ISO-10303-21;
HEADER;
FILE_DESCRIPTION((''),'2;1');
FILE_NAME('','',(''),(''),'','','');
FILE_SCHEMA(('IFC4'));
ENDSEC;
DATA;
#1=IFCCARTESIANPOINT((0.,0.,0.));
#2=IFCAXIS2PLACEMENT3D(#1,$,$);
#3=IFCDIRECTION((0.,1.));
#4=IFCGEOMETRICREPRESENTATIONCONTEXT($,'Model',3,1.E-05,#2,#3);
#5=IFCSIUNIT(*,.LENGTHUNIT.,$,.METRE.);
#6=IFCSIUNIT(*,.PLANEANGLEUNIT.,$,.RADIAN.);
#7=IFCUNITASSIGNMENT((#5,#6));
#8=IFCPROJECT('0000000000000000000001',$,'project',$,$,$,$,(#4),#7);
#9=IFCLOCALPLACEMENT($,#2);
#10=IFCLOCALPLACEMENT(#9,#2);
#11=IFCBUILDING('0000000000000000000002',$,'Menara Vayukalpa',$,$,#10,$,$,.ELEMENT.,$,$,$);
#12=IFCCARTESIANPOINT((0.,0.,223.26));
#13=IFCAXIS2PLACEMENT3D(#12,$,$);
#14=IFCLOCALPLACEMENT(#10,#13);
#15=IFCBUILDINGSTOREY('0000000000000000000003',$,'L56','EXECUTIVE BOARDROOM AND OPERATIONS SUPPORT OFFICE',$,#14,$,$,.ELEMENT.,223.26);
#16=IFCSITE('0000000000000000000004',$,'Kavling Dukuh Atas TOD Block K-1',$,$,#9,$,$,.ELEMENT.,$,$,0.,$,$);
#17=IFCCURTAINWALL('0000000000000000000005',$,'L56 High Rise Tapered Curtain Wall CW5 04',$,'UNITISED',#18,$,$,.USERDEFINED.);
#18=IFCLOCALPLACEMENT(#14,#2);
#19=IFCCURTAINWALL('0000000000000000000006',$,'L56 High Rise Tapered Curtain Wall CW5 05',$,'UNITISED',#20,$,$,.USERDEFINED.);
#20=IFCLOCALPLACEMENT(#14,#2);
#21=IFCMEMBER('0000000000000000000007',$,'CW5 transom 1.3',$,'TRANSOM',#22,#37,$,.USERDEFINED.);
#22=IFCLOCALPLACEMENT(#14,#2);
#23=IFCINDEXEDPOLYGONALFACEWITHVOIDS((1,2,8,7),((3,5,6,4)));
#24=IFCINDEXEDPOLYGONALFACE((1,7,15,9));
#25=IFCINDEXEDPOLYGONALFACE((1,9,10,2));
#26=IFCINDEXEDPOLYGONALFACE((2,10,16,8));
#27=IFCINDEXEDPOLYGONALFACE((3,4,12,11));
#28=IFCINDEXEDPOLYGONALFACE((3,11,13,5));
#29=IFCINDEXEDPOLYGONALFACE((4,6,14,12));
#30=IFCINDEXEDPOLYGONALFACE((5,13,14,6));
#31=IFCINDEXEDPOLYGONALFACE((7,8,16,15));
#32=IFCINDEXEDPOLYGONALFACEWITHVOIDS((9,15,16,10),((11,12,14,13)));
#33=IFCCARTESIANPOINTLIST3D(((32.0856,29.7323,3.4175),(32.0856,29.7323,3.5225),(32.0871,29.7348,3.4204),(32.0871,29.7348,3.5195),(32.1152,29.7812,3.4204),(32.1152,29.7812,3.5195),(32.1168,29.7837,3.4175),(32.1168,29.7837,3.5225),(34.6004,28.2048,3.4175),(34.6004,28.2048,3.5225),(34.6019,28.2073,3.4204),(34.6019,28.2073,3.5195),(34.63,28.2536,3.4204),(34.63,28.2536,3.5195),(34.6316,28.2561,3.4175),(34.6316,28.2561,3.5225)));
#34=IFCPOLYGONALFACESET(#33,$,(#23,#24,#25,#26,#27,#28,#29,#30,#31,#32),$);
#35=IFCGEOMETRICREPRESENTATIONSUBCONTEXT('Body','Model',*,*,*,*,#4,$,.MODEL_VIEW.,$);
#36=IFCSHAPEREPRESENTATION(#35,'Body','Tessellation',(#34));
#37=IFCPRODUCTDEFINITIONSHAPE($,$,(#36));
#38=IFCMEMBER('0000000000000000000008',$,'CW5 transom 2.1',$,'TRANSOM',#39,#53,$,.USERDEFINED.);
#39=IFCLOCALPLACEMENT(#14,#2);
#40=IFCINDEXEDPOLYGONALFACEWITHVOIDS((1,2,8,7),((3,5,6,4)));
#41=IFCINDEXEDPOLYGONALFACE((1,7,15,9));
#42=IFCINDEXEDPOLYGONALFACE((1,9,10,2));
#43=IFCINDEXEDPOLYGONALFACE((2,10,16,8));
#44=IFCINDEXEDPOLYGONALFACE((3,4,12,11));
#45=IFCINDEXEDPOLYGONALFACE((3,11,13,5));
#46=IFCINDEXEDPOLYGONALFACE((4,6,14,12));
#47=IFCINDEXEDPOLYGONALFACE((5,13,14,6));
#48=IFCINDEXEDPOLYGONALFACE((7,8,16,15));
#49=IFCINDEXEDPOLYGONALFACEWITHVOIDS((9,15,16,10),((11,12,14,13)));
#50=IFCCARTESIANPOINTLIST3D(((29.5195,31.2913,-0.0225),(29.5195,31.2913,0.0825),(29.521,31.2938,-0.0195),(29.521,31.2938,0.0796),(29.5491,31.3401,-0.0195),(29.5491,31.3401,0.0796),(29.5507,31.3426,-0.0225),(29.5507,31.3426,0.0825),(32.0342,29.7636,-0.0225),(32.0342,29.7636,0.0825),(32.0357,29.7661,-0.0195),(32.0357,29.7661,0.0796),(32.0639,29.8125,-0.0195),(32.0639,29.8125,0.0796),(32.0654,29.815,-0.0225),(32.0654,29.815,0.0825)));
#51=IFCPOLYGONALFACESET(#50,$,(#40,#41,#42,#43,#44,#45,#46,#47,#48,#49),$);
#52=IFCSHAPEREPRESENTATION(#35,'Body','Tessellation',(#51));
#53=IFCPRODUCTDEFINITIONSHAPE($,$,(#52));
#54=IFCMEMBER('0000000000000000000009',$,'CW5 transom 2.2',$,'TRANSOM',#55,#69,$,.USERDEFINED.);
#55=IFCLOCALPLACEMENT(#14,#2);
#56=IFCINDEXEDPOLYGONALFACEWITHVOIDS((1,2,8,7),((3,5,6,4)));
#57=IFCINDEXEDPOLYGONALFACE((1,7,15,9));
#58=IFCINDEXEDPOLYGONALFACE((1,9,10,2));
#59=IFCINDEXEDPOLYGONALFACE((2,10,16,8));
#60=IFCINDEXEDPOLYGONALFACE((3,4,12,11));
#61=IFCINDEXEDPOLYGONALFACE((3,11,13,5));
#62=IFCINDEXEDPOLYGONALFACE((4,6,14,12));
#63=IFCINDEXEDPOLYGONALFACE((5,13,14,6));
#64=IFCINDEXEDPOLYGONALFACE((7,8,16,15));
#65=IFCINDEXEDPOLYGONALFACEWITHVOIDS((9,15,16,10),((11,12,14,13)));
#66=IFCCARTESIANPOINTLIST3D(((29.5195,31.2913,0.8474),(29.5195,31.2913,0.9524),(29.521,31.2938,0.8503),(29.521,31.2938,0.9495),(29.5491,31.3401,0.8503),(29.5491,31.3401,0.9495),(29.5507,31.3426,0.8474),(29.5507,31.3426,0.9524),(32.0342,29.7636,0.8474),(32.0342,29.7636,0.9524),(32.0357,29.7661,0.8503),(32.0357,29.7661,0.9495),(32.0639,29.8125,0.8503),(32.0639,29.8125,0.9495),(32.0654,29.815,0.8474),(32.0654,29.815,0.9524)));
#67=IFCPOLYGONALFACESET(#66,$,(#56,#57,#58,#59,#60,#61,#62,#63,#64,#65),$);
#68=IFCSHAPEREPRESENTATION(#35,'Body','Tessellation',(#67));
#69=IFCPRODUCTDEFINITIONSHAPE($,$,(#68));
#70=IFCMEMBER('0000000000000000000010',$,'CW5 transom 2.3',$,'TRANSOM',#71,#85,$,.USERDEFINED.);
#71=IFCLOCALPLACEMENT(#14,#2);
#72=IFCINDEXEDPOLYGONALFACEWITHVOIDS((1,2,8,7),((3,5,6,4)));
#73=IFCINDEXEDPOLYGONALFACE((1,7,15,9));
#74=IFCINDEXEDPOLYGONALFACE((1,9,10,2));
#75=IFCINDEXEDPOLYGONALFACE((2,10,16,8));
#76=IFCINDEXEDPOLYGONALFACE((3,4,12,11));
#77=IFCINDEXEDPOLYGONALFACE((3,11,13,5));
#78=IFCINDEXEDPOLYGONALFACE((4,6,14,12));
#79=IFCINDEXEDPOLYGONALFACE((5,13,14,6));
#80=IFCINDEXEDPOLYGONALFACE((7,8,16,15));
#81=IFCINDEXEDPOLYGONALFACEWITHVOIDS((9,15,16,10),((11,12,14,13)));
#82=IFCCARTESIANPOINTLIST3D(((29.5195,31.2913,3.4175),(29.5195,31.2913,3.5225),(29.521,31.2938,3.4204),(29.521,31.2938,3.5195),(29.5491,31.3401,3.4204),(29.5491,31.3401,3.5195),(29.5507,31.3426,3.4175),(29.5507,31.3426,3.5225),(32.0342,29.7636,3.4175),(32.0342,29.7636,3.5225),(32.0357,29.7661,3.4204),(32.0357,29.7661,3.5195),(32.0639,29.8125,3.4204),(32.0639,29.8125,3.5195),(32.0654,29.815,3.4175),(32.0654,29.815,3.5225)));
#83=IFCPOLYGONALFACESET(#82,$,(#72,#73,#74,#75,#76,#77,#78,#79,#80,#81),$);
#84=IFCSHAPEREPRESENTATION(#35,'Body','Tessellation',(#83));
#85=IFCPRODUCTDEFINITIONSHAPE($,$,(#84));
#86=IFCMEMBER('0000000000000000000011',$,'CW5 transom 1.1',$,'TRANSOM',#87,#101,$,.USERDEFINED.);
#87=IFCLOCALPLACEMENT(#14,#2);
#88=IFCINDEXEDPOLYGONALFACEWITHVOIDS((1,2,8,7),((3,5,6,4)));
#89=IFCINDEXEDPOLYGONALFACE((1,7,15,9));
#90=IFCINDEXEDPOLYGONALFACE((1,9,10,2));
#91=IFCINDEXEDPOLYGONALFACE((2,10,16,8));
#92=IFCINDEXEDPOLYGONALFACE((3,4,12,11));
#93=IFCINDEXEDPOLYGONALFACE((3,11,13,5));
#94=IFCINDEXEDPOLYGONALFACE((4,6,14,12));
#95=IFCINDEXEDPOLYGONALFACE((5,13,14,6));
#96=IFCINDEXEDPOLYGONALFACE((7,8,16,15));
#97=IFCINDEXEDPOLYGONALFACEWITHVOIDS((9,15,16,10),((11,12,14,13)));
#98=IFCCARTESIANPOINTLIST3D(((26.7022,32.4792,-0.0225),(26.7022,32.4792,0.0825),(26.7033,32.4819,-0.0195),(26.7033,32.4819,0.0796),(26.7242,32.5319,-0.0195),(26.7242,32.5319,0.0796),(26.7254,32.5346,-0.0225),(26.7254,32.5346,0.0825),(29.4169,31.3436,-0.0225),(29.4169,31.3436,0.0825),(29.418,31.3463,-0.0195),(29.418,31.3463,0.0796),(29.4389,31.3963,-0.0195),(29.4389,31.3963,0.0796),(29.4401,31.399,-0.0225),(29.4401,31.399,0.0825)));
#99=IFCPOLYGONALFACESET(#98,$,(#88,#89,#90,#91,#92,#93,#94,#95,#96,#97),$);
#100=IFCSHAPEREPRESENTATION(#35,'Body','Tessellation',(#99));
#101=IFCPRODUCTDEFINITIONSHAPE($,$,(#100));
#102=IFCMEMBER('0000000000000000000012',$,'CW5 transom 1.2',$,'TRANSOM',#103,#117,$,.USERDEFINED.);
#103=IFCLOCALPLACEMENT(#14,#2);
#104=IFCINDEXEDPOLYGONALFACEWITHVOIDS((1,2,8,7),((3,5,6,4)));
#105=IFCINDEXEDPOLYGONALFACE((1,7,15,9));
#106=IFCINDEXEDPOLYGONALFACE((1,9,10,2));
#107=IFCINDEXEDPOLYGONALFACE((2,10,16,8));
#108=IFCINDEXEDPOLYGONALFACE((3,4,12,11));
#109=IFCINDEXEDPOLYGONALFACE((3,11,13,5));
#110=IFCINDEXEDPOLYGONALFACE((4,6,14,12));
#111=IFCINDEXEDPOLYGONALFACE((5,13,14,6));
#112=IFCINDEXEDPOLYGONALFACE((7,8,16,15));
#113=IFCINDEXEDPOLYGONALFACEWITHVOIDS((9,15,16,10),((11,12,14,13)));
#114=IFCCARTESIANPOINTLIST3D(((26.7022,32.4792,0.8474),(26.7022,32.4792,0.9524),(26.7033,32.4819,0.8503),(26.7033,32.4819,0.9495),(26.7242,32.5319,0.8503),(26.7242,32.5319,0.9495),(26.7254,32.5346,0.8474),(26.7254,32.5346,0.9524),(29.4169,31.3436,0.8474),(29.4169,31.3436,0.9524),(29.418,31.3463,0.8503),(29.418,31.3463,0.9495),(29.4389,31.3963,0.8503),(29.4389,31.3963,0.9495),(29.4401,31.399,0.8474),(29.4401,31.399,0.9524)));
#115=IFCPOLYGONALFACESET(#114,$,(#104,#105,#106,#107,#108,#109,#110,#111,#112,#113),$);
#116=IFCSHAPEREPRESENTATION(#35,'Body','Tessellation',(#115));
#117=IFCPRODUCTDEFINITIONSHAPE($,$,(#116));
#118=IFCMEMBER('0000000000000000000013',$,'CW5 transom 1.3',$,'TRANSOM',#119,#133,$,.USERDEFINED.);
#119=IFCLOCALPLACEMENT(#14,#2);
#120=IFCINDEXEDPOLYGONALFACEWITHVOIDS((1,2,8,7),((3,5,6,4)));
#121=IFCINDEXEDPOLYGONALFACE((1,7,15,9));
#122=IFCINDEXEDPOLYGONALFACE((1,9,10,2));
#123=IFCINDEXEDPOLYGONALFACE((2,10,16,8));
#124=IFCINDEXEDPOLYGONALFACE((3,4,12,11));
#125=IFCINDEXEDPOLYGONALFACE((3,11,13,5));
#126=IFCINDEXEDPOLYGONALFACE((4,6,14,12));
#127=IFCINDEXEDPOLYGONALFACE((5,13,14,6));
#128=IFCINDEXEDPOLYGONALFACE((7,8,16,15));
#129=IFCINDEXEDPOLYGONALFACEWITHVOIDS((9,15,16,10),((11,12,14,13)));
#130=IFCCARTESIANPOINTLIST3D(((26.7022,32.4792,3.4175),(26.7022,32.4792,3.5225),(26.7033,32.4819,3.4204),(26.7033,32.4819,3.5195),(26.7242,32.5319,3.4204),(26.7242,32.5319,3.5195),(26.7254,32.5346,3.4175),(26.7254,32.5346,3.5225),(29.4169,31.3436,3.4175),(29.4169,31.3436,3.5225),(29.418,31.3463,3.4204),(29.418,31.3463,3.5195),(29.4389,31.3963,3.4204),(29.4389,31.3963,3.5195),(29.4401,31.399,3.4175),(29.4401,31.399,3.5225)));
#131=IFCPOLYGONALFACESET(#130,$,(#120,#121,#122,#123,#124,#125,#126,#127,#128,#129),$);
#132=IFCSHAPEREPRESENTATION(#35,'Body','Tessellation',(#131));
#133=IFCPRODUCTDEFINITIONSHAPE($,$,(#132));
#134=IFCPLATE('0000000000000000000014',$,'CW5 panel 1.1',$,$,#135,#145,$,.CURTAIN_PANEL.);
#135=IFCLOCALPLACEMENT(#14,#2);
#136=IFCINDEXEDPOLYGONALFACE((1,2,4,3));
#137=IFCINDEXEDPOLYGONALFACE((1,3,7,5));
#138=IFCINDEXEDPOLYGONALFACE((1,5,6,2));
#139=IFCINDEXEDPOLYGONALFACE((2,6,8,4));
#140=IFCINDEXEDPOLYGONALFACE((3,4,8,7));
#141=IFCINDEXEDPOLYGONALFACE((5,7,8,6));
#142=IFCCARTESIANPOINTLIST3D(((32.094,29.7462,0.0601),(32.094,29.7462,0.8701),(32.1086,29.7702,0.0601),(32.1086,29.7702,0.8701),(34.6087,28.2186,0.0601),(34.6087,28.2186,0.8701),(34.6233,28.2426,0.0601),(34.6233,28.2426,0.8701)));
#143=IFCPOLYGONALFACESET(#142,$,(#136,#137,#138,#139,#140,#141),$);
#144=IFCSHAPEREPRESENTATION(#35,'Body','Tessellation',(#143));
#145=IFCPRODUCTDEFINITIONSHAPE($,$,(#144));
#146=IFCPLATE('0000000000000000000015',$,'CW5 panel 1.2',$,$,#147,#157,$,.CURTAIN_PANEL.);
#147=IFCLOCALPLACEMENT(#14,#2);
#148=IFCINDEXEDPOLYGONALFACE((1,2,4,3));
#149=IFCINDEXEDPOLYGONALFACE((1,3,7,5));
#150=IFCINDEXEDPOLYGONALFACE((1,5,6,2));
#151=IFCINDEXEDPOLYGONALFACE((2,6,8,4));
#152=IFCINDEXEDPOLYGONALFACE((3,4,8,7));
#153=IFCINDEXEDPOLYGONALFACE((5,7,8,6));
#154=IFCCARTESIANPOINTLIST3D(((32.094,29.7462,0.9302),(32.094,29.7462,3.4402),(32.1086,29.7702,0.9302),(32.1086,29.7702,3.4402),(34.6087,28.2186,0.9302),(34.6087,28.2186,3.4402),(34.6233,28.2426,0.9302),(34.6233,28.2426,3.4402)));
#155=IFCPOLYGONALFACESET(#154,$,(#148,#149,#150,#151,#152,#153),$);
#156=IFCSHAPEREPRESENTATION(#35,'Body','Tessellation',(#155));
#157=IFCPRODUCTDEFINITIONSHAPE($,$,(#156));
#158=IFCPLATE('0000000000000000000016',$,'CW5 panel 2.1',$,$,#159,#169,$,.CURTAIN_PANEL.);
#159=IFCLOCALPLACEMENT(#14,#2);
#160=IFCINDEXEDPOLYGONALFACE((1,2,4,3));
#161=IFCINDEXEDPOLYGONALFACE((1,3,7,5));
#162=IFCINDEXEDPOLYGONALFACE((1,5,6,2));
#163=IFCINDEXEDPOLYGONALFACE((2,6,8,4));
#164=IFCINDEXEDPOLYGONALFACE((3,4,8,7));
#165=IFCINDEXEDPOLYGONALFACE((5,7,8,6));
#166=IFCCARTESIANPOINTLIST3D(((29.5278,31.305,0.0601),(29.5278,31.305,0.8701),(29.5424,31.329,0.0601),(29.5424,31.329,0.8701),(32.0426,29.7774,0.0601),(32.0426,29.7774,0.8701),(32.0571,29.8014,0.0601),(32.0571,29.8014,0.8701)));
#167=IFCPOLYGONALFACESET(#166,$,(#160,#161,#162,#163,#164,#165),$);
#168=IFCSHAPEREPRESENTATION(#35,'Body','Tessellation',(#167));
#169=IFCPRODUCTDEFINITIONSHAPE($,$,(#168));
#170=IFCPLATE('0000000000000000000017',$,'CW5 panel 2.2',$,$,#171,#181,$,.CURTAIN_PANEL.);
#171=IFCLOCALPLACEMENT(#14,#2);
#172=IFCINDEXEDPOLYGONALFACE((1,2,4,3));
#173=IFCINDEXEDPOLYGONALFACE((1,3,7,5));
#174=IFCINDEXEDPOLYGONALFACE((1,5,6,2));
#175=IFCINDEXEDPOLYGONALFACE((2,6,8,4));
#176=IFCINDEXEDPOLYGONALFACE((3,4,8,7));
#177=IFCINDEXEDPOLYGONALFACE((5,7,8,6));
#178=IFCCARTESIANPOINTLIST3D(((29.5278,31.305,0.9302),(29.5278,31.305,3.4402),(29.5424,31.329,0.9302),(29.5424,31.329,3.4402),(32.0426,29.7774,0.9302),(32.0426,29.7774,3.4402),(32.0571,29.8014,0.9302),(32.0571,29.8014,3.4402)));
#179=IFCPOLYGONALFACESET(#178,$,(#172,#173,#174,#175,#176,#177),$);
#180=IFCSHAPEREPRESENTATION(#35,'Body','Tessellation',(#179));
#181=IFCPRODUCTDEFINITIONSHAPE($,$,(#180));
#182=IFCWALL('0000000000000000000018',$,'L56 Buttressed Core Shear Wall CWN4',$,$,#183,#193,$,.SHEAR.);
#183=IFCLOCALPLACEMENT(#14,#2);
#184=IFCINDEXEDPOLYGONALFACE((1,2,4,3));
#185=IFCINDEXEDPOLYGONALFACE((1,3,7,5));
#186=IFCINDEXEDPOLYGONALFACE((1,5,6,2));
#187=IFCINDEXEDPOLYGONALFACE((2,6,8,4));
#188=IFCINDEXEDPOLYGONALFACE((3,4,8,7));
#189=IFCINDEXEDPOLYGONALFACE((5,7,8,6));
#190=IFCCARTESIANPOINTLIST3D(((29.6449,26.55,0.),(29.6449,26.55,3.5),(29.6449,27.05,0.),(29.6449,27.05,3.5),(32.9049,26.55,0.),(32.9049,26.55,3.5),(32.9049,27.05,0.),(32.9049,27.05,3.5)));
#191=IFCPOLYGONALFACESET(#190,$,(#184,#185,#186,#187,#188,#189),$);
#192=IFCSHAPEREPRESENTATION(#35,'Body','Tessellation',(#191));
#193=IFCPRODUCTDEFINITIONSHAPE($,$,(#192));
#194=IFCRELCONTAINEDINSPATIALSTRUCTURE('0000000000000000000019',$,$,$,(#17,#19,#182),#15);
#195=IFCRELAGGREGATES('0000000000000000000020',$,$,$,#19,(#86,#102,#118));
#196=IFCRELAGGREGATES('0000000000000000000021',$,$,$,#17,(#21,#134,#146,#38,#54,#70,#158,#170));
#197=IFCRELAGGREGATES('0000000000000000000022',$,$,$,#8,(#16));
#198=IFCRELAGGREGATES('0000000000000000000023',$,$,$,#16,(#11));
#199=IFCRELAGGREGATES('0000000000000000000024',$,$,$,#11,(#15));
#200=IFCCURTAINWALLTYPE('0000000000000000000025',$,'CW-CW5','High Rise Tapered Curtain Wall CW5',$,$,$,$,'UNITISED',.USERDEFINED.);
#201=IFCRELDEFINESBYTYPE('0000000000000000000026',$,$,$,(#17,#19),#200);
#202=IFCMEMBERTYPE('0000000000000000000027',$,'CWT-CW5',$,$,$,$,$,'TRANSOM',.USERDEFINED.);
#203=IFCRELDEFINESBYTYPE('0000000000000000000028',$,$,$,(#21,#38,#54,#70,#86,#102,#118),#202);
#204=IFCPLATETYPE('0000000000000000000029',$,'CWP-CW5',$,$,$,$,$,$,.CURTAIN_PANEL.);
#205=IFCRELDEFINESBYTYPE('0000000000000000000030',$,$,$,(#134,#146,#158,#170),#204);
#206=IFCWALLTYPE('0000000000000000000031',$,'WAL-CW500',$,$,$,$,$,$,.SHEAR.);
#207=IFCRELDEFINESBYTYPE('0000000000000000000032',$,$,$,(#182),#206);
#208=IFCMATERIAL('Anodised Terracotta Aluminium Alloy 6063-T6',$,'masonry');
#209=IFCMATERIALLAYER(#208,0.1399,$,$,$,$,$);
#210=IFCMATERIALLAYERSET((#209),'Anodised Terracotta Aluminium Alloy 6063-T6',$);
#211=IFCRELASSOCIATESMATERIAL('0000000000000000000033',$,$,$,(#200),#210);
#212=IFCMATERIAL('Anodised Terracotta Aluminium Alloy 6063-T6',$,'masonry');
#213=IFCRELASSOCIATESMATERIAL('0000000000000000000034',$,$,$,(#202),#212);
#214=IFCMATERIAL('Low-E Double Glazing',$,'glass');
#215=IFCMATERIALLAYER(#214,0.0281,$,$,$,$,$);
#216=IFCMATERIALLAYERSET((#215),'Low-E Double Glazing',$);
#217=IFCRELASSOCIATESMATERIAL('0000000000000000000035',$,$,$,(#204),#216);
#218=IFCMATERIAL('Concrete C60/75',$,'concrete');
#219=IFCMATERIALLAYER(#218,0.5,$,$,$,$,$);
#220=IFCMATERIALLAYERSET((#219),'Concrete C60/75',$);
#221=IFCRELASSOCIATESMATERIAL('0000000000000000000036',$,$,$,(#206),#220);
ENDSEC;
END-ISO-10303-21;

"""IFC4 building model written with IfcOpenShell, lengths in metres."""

from ifc_helpers import new_model, si_unit, direction, frame, frame_2d, origin, origin_2d, place, context, subcontext, project, spatial, rectangle, hollow_rectangle, extrude, material, layer, layer_set, material_profile, profile_set, type_object, element, aggregate, save


model = new_model("IFC4")

# Units and contexts
model_context = context("Model", 3, precision=1e-05, world=origin(), true_north=direction((0.0, 1.0)))
body_context = subcontext(model_context, "Body", "Model", "MODEL_VIEW")
ifc_project = project(units=[si_unit("LENGTHUNIT", "METRE"), si_unit("PLANEANGLEUNIT", "RADIAN")], contexts=[model_context])

# Site, building, storey
site_placement = place(None, origin())
site = spatial("IfcSite", under=ifc_project, at=site_placement, Name="Kavling Dukuh Atas TOD Block K-1", CompositionType="ELEMENT", RefElevation=0.0)
building_placement = place(site_placement, origin())
building = spatial("IfcBuilding", under=site, at=building_placement, Name="Menara Vayukalpa", CompositionType="ELEMENT")
storey_placement = place(building_placement, frame((0.0, 0.0, 223.26)))
storey = spatial("IfcBuildingStorey", under=building, at=storey_placement, Name="L56", Description="EXECUTIVE BOARDROOM AND OPERATIONS SUPPORT OFFICE", CompositionType="ELEMENT", Elevation=223.26)

# Curtain wall
ifc_material_1 = material(Name="Anodised Terracotta Aluminium Alloy 6063-T6", Category="masonry")
ifc_layer_1 = layer(ifc_material_1, 0.1399)
ifc_layer_set_1 = layer_set([ifc_layer_1], Name="Anodised Terracotta Aluminium Alloy 6063-T6")
curtain_wall_type = type_object("IfcCurtainWallType", Name="CW-CW5", Description="High Rise Tapered Curtain Wall CW5", ElementType="UNITISED", PredefinedType="USERDEFINED", material=ifc_layer_set_1)
curtain_wall_1_placement = place(storey_placement, origin())
curtain_wall_1 = element("IfcCurtainWall", 1, at=curtain_wall_1_placement, inside=storey, type_object=curtain_wall_type, Name="L56 High Rise Tapered Curtain Wall CW5 04", ObjectType="UNITISED", PredefinedType="USERDEFINED")

# Curtain wall
curtain_wall_2_placement = place(storey_placement, origin())
curtain_wall_2 = element("IfcCurtainWall", 2, at=curtain_wall_2_placement, inside=storey, type_object=curtain_wall_type, Name="L56 High Rise Tapered Curtain Wall CW5 05", ObjectType="UNITISED", PredefinedType="USERDEFINED")

# Members
ifc_material_2 = material(Name="Anodised Terracotta Aluminium Alloy 6063-T6", Category="masonry")
ifc_material_profile_1 = material_profile(ifc_material_2, hollow_rectangle(XDim=0.0601, YDim=0.105, WallThickness=0.0029, at=origin_2d()), Name="ALU 60x105x3")
ifc_profile_set_1 = profile_set([ifc_material_profile_1], Name="Anodised Terracotta Aluminium Alloy 6063-T6")
member_type_1 = type_object("IfcMemberType", Name="CWT-CW5", ElementType="TRANSOM", PredefinedType="USERDEFINED", material=ifc_profile_set_1)
member_1_placement = place(storey_placement, frame((34.616, 28.2305, 3.47), z_axis=(-0.854684, 0.519149, 0.0), x_axis=(-0.519149, -0.854684, 0.0)))
member_1 = element("IfcMember", 3, at=member_1_placement, type_object=member_type_1, Name="CW5 transom 1.3", ObjectType="TRANSOM", PredefinedType="USERDEFINED", context=body_context, shape_type="SweptSolid", body=[
    extrude(hollow_rectangle(XDim=0.0601, YDim=0.105, WallThickness=0.0029, at=origin_2d()), origin(), (0.0, 0.0, 1.0), 2.9424),
])
member_2_placement = place(storey_placement, frame((32.0498, 29.7893, 0.03), z_axis=(-0.854661, 0.519186, 0.0), x_axis=(-0.519186, -0.854661, 0.0)))
member_2 = element("IfcMember", 4, at=member_2_placement, type_object=member_type_1, Name="CW5 transom 2.1", ObjectType="TRANSOM", PredefinedType="USERDEFINED", context=body_context, shape_type="SweptSolid", body=[
    extrude(hollow_rectangle(XDim=0.0601, YDim=0.105, WallThickness=0.0029, at=origin_2d()), origin(), (0.0, 0.0, 1.0), 2.9424),
])
member_3_placement = place(storey_placement, frame((32.0498, 29.7893, 0.8999), z_axis=(-0.854661, 0.519186, 0.0), x_axis=(-0.519186, -0.854661, 0.0)))
member_3 = element("IfcMember", 5, at=member_3_placement, type_object=member_type_1, Name="CW5 transom 2.2", ObjectType="TRANSOM", PredefinedType="USERDEFINED", context=body_context, shape_type="SweptSolid", body=[
    extrude(hollow_rectangle(XDim=0.0601, YDim=0.105, WallThickness=0.0029, at=origin_2d()), origin(), (0.0, 0.0, 1.0), 2.9424),
])
member_4_placement = place(storey_placement, frame((32.0498, 29.7893, 3.47), z_axis=(-0.854661, 0.519186, 0.0), x_axis=(-0.519186, -0.854661, 0.0)))
member_4 = element("IfcMember", 6, at=member_4_placement, type_object=member_type_1, Name="CW5 transom 2.3", ObjectType="TRANSOM", PredefinedType="USERDEFINED", context=body_context, shape_type="SweptSolid", body=[
    extrude(hollow_rectangle(XDim=0.0601, YDim=0.105, WallThickness=0.0029, at=origin_2d()), origin(), (0.0, 0.0, 1.0), 2.9424),
])
member_5_placement = place(storey_placement, frame((29.4285, 31.3713, 0.03), z_axis=(-0.922543, 0.385893, 0.0), x_axis=(-0.385893, -0.922543, 0.0)))
member_5 = element("IfcMember", 7, at=member_5_placement, type_object=member_type_1, Name="CW5 transom 1.1", ObjectType="TRANSOM", PredefinedType="USERDEFINED", context=body_context, shape_type="SweptSolid", body=[
    extrude(hollow_rectangle(XDim=0.0601, YDim=0.105, WallThickness=0.0029, at=origin_2d()), origin(), (0.0, 0.0, 1.0), 2.9426),
])
member_6_placement = place(storey_placement, frame((29.4285, 31.3713, 0.8999), z_axis=(-0.922543, 0.385893, 0.0), x_axis=(-0.385893, -0.922543, 0.0)))
member_6 = element("IfcMember", 8, at=member_6_placement, type_object=member_type_1, Name="CW5 transom 1.2", ObjectType="TRANSOM", PredefinedType="USERDEFINED", context=body_context, shape_type="SweptSolid", body=[
    extrude(hollow_rectangle(XDim=0.0601, YDim=0.105, WallThickness=0.0029, at=origin_2d()), origin(), (0.0, 0.0, 1.0), 2.9426),
])
member_7_placement = place(storey_placement, frame((29.4285, 31.3713, 3.47), z_axis=(-0.922543, 0.385893, 0.0), x_axis=(-0.385893, -0.922543, 0.0)))
member_7 = element("IfcMember", 9, at=member_7_placement, type_object=member_type_1, Name="CW5 transom 1.3", ObjectType="TRANSOM", PredefinedType="USERDEFINED", context=body_context, shape_type="SweptSolid", body=[
    extrude(hollow_rectangle(XDim=0.0601, YDim=0.105, WallThickness=0.0029, at=origin_2d()), origin(), (0.0, 0.0, 1.0), 2.9426),
])
aggregate(curtain_wall_2, [member_5, member_6, member_7])

# Plates
ifc_material_3 = material(Name="Low-E Double Glazing", Category="glass")
ifc_layer_2 = layer(ifc_material_3, 0.0281)
ifc_layer_set_2 = layer_set([ifc_layer_2], Name="Low-E Double Glazing")
plate_type = type_object("IfcPlateType", Name="CWP-CW5", PredefinedType="CURTAIN_PANEL", material=ifc_layer_set_2)
plate_1_placement = place(storey_placement, frame((33.3586, 28.9944, 0.0601), z_axis=(0.0, 0.0, 1.0), x_axis=(-0.854665, 0.51918, 0.0)))
plate_1 = element("IfcPlate", 10, at=plate_1_placement, type_object=plate_type, Name="CW5 panel 1.1", PredefinedType="CURTAIN_PANEL", context=body_context, shape_type="SweptSolid", body=[
    extrude(rectangle(XDim=2.9424, YDim=0.0281, at=origin_2d()), origin(), (0.0, 0.0, 1.0), 0.8101),
])
plate_2_placement = place(storey_placement, frame((33.3586, 28.9944, 0.9302), z_axis=(0.0, 0.0, 1.0), x_axis=(-0.854665, 0.51918, 0.0)))
plate_2 = element("IfcPlate", 11, at=plate_2_placement, type_object=plate_type, Name="CW5 panel 1.2", PredefinedType="CURTAIN_PANEL", context=body_context, shape_type="SweptSolid", body=[
    extrude(rectangle(XDim=2.9424, YDim=0.0281, at=origin_2d()), origin(), (0.0, 0.0, 1.0), 2.51),
])
plate_3_placement = place(storey_placement, frame((30.7925, 30.5532, 0.0601), z_axis=(0.0, 0.0, 1.0), x_axis=(-0.854665, 0.51918, 0.0)))
plate_3 = element("IfcPlate", 12, at=plate_3_placement, type_object=plate_type, Name="CW5 panel 2.1", PredefinedType="CURTAIN_PANEL", context=body_context, shape_type="SweptSolid", body=[
    extrude(rectangle(XDim=2.9424, YDim=0.0281, at=origin_2d()), origin(), (0.0, 0.0, 1.0), 0.8101),
])
plate_4_placement = place(storey_placement, frame((30.7925, 30.5532, 0.9302), z_axis=(0.0, 0.0, 1.0), x_axis=(-0.854665, 0.51918, 0.0)))
plate_4 = element("IfcPlate", 13, at=plate_4_placement, type_object=plate_type, Name="CW5 panel 2.2", PredefinedType="CURTAIN_PANEL", context=body_context, shape_type="SweptSolid", body=[
    extrude(rectangle(XDim=2.9424, YDim=0.0281, at=origin_2d()), origin(), (0.0, 0.0, 1.0), 2.51),
])
aggregate(curtain_wall_1, [member_1, plate_1, plate_2, member_2, member_3, member_4, plate_3, plate_4])

# Wall
ifc_material_4 = material(Name="Concrete C60/75", Category="concrete")
ifc_layer_3 = layer(ifc_material_4, 0.5)
ifc_layer_set_3 = layer_set([ifc_layer_3], Name="Concrete C60/75")
wall_type_1 = type_object("IfcWallType", Name="WAL-CW500", PredefinedType="SHEAR", material=ifc_layer_set_3)
wall_1_placement = place(storey_placement, frame((29.645, 26.8, 0.0), z_axis=(0.0, 0.0, 1.0), x_axis=(1.0, 0.0, 0.0)))
element("IfcWall", 14, at=wall_1_placement, inside=storey, type_object=wall_type_1, Name="L56 Buttressed Core Shear Wall CWN4", PredefinedType="SHEAR", context=body_context, shape_type="SweptSolid", body=[
    extrude(rectangle(XDim=3.26, YDim=0.5, at=frame_2d((1.6299, 0.0))), origin(), (0.0, 0.0, 1.0), 3.5),
])

save(model, "model.ifc")
